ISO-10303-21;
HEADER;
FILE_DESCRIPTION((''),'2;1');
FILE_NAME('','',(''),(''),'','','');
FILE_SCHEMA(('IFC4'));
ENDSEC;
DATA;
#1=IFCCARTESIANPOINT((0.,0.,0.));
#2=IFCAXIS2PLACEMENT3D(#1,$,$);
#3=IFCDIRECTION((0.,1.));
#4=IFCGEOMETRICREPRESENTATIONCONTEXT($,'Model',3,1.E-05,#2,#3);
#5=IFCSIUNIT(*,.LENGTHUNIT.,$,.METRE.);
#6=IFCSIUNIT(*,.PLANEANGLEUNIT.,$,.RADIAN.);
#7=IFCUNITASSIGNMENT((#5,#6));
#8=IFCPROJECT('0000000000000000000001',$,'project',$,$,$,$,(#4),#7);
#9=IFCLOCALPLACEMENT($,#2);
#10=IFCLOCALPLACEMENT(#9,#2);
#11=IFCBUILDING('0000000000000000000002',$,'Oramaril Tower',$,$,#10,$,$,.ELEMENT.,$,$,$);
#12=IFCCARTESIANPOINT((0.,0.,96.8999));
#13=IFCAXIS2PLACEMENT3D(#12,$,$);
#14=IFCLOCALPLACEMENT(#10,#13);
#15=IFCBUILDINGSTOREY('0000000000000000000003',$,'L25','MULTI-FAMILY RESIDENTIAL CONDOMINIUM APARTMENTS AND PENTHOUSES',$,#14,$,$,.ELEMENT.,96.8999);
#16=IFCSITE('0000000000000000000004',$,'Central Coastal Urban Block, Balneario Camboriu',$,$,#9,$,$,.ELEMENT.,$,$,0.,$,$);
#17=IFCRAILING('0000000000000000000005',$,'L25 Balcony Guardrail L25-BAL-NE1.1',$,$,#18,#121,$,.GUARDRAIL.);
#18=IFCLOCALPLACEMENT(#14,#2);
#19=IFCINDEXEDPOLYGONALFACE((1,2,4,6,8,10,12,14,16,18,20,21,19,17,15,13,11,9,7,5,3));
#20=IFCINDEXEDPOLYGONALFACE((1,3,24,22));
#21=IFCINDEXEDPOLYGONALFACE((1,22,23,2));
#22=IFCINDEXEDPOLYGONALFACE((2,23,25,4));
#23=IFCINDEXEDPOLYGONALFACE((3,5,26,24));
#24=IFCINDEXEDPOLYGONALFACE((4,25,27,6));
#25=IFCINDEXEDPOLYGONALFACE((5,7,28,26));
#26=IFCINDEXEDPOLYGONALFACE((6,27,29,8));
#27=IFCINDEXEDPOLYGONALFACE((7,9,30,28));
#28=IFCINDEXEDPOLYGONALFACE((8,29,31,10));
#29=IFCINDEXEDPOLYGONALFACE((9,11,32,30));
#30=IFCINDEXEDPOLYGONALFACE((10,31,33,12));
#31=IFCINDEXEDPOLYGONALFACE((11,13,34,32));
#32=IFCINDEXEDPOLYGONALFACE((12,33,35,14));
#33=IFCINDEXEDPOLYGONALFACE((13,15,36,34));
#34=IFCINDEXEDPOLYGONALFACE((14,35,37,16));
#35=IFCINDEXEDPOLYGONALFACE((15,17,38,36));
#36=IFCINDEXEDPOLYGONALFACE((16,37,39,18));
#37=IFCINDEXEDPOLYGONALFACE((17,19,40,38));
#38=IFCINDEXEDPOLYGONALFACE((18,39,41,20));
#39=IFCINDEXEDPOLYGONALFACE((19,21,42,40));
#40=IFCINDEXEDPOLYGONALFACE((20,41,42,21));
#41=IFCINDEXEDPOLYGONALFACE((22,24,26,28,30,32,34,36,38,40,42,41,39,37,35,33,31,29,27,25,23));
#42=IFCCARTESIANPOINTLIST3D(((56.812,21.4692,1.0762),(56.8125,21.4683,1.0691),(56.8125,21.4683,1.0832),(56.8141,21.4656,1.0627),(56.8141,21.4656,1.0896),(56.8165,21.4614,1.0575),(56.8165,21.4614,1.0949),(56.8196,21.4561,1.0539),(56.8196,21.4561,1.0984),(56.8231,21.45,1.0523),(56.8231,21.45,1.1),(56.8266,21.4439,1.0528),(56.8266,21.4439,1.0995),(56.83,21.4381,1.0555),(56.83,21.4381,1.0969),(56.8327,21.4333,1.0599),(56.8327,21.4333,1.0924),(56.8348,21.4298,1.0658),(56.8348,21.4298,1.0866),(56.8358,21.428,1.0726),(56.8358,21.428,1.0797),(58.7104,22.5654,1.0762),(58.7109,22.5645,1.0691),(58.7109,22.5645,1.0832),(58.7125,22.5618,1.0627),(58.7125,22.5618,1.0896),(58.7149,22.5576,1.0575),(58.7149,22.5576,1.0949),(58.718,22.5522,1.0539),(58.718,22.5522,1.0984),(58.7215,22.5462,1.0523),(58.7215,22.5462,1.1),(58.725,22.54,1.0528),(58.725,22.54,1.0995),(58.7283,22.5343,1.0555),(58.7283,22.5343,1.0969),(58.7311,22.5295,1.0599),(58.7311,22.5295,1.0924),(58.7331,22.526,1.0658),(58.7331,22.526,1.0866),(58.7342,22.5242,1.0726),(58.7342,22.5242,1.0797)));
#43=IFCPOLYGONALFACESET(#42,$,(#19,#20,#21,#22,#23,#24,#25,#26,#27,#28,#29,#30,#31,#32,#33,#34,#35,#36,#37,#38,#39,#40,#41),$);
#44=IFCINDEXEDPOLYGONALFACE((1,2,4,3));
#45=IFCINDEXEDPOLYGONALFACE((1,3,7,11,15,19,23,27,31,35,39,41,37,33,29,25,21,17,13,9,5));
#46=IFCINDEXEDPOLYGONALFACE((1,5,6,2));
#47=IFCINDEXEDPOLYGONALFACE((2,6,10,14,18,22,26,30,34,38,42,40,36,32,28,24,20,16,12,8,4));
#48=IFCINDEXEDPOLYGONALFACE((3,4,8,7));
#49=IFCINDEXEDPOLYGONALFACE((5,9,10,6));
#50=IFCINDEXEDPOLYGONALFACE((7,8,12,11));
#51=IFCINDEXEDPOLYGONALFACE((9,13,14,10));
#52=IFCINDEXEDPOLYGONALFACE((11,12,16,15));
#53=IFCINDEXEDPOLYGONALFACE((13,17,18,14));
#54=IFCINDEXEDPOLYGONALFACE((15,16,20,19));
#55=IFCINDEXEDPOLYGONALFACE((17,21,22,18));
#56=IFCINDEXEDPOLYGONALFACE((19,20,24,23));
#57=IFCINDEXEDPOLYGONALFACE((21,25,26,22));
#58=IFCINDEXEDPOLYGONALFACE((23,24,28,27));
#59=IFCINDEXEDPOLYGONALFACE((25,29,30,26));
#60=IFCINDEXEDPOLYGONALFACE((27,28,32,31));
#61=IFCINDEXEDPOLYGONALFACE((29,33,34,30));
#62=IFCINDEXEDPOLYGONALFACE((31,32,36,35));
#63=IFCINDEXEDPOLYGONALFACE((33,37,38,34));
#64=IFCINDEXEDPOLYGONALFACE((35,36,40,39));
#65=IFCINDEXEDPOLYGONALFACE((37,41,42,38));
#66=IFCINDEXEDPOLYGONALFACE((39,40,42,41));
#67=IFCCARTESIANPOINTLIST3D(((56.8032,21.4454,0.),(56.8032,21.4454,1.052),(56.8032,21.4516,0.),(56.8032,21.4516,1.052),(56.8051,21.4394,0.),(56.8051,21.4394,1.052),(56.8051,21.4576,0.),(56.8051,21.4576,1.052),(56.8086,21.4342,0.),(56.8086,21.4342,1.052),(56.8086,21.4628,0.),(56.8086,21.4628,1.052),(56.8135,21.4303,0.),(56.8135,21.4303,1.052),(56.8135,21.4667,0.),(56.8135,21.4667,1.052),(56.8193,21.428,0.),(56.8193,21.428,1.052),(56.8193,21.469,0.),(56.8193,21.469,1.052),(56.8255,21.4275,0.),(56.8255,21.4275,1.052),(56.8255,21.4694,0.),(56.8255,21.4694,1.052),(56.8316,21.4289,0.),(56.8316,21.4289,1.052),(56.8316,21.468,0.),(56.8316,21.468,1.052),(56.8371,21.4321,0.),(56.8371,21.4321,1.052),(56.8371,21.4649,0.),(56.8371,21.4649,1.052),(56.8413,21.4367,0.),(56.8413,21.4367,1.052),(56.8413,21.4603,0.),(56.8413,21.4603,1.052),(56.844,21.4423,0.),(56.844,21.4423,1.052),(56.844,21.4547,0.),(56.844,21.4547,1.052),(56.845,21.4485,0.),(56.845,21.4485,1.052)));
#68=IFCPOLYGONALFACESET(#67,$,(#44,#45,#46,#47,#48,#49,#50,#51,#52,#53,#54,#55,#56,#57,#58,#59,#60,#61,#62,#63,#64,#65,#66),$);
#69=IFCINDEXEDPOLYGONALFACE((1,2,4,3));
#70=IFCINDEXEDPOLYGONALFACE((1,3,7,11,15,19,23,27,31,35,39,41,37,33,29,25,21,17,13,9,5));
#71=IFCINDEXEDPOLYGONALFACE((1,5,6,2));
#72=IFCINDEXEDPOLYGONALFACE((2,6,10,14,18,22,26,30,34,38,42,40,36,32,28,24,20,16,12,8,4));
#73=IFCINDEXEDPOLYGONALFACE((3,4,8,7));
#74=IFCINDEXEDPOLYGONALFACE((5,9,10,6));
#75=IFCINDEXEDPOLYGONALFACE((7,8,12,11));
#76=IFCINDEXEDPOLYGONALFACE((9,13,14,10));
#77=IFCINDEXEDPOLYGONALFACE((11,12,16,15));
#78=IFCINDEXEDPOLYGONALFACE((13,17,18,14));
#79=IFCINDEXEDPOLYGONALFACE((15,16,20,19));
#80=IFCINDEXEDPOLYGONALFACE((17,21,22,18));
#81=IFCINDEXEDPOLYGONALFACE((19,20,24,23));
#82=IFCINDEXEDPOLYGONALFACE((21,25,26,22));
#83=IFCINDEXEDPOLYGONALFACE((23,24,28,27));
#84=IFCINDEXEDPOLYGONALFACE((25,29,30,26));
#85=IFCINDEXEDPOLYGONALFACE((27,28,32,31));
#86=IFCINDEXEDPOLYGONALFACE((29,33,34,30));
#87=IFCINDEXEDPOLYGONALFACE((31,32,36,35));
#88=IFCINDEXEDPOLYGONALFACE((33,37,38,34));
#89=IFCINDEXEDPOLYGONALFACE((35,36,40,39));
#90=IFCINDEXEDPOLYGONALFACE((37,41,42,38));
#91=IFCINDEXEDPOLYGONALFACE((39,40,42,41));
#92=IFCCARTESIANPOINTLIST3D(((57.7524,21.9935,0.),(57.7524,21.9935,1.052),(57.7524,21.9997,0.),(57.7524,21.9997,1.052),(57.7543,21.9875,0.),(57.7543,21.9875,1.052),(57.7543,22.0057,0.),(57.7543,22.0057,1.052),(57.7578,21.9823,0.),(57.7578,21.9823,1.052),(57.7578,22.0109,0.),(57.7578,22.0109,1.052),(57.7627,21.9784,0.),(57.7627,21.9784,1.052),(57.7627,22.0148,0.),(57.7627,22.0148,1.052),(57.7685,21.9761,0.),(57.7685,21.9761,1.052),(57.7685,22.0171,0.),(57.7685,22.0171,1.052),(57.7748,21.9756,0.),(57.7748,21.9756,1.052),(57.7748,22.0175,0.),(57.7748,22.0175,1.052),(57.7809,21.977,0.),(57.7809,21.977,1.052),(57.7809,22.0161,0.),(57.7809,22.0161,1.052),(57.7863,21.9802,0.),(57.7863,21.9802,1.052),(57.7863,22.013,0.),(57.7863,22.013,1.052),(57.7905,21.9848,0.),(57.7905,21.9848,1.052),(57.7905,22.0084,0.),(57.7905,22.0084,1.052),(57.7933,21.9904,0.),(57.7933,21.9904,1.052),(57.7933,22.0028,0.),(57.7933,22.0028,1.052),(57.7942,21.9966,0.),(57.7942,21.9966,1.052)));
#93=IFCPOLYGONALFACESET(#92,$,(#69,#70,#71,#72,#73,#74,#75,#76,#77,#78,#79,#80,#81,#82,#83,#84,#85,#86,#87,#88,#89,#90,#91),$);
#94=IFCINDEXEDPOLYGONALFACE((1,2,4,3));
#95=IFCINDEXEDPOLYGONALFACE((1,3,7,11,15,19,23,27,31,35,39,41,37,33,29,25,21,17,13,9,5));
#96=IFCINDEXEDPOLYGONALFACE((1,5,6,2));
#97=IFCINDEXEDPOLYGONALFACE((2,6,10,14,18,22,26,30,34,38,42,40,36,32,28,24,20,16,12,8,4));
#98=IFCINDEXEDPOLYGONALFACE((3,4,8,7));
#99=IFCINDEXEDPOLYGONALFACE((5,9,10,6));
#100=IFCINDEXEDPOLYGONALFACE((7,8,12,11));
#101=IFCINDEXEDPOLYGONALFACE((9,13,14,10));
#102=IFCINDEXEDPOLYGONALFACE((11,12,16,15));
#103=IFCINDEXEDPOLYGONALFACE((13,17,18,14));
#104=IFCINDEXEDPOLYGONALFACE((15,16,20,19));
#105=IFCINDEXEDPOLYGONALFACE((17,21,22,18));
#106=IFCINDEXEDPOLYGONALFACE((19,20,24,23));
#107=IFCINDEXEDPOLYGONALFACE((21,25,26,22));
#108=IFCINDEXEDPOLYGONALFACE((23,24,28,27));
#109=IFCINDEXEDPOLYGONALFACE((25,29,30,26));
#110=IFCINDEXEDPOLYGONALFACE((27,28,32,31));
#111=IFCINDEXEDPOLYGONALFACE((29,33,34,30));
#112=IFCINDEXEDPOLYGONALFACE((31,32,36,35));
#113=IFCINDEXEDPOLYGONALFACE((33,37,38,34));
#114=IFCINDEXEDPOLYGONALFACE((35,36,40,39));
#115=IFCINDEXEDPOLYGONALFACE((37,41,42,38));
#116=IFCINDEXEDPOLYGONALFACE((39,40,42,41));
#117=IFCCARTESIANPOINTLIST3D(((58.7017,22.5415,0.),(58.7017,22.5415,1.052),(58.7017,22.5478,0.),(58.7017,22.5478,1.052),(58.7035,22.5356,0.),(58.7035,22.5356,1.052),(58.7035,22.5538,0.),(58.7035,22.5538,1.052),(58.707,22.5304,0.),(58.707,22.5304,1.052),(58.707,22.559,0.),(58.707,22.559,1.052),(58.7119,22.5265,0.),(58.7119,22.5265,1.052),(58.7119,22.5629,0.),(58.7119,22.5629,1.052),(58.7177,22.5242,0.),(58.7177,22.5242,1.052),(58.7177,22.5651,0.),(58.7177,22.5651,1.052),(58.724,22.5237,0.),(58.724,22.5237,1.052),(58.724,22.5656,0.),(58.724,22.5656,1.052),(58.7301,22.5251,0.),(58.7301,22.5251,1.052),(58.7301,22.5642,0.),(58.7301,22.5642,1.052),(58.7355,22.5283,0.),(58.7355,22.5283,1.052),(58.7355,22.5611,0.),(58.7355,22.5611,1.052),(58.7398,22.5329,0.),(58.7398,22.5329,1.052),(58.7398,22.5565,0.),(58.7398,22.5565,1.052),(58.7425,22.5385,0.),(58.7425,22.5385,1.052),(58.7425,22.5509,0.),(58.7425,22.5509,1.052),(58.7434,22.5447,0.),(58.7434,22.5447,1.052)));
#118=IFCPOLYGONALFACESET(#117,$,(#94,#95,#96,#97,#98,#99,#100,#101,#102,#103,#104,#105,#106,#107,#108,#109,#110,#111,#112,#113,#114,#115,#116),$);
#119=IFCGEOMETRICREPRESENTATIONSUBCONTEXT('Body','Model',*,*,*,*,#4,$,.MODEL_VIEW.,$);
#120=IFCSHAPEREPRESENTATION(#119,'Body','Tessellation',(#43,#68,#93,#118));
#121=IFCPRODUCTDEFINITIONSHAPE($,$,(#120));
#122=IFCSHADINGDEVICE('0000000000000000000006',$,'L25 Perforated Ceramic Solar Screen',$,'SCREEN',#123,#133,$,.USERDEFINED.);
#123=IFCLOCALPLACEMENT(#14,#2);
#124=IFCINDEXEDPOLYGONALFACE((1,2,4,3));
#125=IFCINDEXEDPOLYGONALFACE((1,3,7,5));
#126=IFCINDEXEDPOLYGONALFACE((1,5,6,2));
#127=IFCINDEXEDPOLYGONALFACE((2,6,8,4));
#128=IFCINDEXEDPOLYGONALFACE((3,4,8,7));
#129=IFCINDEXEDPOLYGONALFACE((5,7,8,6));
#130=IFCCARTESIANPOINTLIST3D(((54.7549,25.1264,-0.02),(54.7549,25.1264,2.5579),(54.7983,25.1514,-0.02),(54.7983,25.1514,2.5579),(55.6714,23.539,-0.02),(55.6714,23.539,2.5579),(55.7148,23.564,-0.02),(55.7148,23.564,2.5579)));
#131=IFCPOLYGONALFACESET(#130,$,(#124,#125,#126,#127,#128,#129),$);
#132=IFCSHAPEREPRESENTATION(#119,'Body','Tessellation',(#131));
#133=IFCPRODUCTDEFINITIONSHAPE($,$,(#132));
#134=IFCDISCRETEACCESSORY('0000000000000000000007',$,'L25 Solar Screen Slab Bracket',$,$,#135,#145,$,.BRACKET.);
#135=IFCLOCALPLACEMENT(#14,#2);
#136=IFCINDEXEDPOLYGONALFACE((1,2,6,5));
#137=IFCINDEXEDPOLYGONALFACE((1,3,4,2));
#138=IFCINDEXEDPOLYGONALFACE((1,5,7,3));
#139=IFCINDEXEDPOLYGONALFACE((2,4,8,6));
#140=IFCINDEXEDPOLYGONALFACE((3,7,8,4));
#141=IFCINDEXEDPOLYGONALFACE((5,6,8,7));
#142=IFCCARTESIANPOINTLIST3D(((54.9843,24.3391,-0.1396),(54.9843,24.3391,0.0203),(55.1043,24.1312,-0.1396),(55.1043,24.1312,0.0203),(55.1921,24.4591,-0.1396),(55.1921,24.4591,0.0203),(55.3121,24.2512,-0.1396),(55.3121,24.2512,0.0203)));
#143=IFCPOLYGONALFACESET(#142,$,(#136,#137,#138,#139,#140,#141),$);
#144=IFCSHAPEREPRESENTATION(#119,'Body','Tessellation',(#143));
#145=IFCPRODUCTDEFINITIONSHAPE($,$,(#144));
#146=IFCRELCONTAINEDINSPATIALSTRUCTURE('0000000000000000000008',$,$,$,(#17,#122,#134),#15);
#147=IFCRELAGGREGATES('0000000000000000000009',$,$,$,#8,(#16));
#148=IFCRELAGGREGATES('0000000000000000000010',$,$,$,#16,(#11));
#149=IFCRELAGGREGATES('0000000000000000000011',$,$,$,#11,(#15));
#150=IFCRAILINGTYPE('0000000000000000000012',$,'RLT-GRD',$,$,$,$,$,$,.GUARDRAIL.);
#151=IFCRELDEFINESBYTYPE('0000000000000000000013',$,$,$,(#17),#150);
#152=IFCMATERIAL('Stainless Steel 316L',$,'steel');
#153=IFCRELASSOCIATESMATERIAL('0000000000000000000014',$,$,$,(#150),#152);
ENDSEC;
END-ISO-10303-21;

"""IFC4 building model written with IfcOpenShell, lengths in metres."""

from ifc_helpers import new_model, si_unit, direction, frame, origin, origin_2d, place, context, subcontext, project, spatial, rectangle, circle, extrude, material, type_object, element, save


model = new_model("IFC4")

# Units and contexts
model_context = context("Model", 3, precision=1e-05, world=origin(), true_north=direction((0.0, 1.0)))
body_context = subcontext(model_context, "Body", "Model", "MODEL_VIEW")
ifc_project = project(units=[si_unit("LENGTHUNIT", "METRE"), si_unit("PLANEANGLEUNIT", "RADIAN")], contexts=[model_context])

# Site, building, storey
site_placement = place(None, origin())
site = spatial("IfcSite", under=ifc_project, at=site_placement, Name="Central Coastal Urban Block, Balneario Camboriu", CompositionType="ELEMENT", RefElevation=0.0)
building_placement = place(site_placement, origin())
building = spatial("IfcBuilding", under=site, at=building_placement, Name="Oramaril Tower", CompositionType="ELEMENT")
storey_placement = place(building_placement, frame((0.0, 0.0, 96.8999)))
storey = spatial("IfcBuildingStorey", under=building, at=storey_placement, Name="L25", Description="MULTI-FAMILY RESIDENTIAL CONDOMINIUM APARTMENTS AND PENTHOUSES", CompositionType="ELEMENT", Elevation=96.8999)

# Railing
ifc_material_1 = material(Name="Stainless Steel 316L", Category="steel")
railing_type = type_object("IfcRailingType", Name="RLT-GRD", PredefinedType="GUARDRAIL", material=ifc_material_1)
railing_1_placement = place(storey_placement, frame((56.824, 21.4485, 0.0)))
element("IfcRailing", 1, at=railing_1_placement, inside=storey, type_object=railing_type, Name="L25 Balcony Guardrail L25-BAL-NE1.1", PredefinedType="GUARDRAIL", context=body_context, shape_type="SweptSolid", body=[
    extrude(circle(Radius=0.0239, at=origin_2d()), frame((0.0, 0.0, 1.0762), z_axis=(0.866, 0.500044, 0.0), x_axis=(-0.500044, 0.866, 0.0)), (0.0, 0.0, 1.0), 2.1921),
    extrude(circle(Radius=0.021, at=origin_2d()), origin(), (0.0, 0.0, 1.0), 1.052),
    extrude(circle(Radius=0.021, at=origin_2d()), frame((0.9492, 0.5481, 0.0)), (0.0, 0.0, 1.0), 1.052),
    extrude(circle(Radius=0.021, at=origin_2d()), frame((1.8984, 1.0962, 0.0)), (0.0, 0.0, 1.0), 1.052),
])

# Shading device
shading_device_placement = place(storey_placement, frame((55.2349, 24.3452, -0.02), z_axis=(0.0, 0.0, 1.0), x_axis=(-0.5, 0.866025, 0.0)))
element("IfcShadingDevice", 2, at=shading_device_placement, inside=storey, Name="L25 Perforated Ceramic Solar Screen", ObjectType="SCREEN", PredefinedType="USERDEFINED", context=body_context, shape_type="SweptSolid", body=[
    extrude(rectangle(XDim=1.833, YDim=0.05, at=origin_2d()), origin(), (0.0, 0.0, 1.0), 2.5779),
])

# Discrete accessory
discrete_accessory_placement = place(storey_placement, frame((55.1482, 24.2952, -0.1396), z_axis=(0.0, 0.0, 1.0), x_axis=(-0.5, 0.866025, 0.0)))
element("IfcDiscreteAccessory", 3, at=discrete_accessory_placement, inside=storey, Name="L25 Solar Screen Slab Bracket", PredefinedType="BRACKET", context=body_context, shape_type="SweptSolid", body=[
    extrude(rectangle(XDim=0.24, YDim=0.24, at=origin_2d()), origin(), (0.0, 0.0, 1.0), 0.1599),
])

save(model, "model.ifc")
